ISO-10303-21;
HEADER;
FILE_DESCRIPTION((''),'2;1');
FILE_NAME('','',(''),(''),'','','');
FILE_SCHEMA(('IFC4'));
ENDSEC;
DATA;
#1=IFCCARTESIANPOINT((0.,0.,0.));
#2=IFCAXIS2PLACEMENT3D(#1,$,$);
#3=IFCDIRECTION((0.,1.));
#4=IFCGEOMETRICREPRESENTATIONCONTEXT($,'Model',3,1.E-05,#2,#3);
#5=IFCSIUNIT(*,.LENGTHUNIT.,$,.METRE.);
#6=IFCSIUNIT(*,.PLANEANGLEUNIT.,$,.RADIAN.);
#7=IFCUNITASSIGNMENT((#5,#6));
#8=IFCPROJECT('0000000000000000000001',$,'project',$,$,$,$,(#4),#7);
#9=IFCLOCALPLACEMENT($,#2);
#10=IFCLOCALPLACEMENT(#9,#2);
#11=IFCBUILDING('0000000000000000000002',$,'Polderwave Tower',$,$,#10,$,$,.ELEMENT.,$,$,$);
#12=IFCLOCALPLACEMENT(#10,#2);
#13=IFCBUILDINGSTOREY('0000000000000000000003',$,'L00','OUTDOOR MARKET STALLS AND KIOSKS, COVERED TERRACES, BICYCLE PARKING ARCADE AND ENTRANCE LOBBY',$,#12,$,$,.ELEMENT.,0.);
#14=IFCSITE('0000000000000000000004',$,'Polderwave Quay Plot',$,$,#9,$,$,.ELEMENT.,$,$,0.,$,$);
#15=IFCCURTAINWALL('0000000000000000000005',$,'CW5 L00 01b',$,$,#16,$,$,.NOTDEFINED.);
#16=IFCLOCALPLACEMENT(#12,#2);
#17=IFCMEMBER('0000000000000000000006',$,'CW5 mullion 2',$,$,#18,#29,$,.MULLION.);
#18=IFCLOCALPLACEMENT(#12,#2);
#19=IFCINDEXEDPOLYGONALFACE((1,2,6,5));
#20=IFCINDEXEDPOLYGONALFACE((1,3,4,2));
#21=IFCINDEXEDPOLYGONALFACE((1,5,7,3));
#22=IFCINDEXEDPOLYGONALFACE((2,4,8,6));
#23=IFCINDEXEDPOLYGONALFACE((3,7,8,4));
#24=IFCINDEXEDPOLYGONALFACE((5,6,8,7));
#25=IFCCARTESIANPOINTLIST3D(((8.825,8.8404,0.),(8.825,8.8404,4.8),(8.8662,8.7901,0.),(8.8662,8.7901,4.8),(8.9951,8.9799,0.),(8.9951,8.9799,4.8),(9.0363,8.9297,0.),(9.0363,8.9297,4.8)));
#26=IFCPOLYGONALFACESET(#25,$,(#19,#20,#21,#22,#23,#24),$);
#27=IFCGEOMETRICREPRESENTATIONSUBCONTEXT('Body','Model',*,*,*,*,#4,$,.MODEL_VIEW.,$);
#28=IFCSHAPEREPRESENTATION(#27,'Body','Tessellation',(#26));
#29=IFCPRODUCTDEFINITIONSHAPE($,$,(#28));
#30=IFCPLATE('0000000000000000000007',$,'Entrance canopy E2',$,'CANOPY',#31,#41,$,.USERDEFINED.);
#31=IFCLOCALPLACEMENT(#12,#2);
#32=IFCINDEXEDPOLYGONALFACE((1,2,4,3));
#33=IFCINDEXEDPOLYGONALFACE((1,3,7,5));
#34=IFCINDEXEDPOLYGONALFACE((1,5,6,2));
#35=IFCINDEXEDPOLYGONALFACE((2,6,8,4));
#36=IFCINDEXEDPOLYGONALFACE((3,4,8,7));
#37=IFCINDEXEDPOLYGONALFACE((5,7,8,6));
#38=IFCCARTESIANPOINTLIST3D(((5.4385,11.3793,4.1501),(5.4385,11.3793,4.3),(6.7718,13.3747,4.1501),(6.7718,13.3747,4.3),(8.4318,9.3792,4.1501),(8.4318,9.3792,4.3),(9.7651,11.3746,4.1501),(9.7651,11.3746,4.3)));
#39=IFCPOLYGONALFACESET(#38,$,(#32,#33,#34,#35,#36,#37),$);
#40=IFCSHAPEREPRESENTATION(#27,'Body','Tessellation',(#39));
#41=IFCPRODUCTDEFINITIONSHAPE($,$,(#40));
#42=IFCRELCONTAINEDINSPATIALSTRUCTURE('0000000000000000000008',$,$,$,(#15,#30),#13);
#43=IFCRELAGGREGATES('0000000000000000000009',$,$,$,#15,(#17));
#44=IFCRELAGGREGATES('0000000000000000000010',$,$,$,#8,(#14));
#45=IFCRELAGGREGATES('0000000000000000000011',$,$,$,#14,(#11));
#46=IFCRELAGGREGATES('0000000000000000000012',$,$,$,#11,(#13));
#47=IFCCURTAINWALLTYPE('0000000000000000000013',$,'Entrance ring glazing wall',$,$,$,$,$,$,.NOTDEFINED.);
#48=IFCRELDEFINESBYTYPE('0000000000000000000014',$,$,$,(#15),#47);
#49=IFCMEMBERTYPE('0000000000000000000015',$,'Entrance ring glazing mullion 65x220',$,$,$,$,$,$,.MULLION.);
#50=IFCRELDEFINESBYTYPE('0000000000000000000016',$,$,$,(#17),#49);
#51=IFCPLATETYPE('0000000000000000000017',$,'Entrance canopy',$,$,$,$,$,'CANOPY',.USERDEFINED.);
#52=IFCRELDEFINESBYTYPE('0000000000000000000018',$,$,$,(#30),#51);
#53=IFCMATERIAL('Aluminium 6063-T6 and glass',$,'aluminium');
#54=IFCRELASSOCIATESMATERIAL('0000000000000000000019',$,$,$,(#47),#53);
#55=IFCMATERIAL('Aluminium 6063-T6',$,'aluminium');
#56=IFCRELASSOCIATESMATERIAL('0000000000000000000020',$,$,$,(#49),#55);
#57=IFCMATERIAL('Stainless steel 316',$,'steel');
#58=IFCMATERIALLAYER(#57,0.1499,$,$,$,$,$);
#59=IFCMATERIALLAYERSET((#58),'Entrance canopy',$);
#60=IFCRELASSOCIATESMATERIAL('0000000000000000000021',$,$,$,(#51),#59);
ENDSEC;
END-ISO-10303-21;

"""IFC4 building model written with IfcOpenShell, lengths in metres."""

from ifc_helpers import new_model, si_unit, direction, frame, origin, origin_2d, place, context, subcontext, project, spatial, rectangle, extrude, material, layer, layer_set, material_profile, profile_set, type_object, element, aggregate, save


model = new_model("IFC4")

# Units and contexts
model_context = context("Model", 3, precision=1e-05, world=origin(), true_north=direction((0.0, 1.0)))
body_context = subcontext(model_context, "Body", "Model", "MODEL_VIEW")
ifc_project = project(units=[si_unit("LENGTHUNIT", "METRE"), si_unit("PLANEANGLEUNIT", "RADIAN")], contexts=[model_context])

# Site, building, storey
site_placement = place(None, origin())
site = spatial("IfcSite", under=ifc_project, at=site_placement, Name="Polderwave Quay Plot", CompositionType="ELEMENT", RefElevation=0.0)
building_placement = place(site_placement, origin())
building = spatial("IfcBuilding", under=site, at=building_placement, Name="Polderwave Tower", CompositionType="ELEMENT")
storey_placement = place(building_placement, origin())
storey = spatial("IfcBuildingStorey", under=building, at=storey_placement, Name="L00", Description="OUTDOOR MARKET STALLS AND KIOSKS, COVERED TERRACES, BICYCLE PARKING ARCADE AND ENTRANCE LOBBY", CompositionType="ELEMENT", Elevation=0.0)

# Curtain wall, member
ifc_material_1 = material(Name="Aluminium 6063-T6 and glass", Category="aluminium")
curtain_wall_type = type_object("IfcCurtainWallType", Name="Entrance ring glazing wall", PredefinedType="NOTDEFINED", material=ifc_material_1)
curtain_wall_placement = place(storey_placement, origin())
curtain_wall = element("IfcCurtainWall", 1, at=curtain_wall_placement, inside=storey, type_object=curtain_wall_type, Name="CW5 L00 01b", PredefinedType="NOTDEFINED")
ifc_material_2 = material(Name="Aluminium 6063-T6", Category="aluminium")
ifc_material_profile_1 = material_profile(ifc_material_2, rectangle(XDim=0.22, YDim=0.0649, at=origin_2d()), Name="AL 65x220")
ifc_profile_set_1 = profile_set([ifc_material_profile_1], Name="Aluminium 6063-T6")
member_type = type_object("IfcMemberType", Name="Entrance ring glazing mullion 65x220", PredefinedType="MULLION", material=ifc_profile_set_1)
member_placement = place(storey_placement, frame((8.9307, 8.885, 0.0), z_axis=(0.0, 0.0, 1.0), x_axis=(-0.773109, -0.634273, 0.0)))
member = element("IfcMember", 2, at=member_placement, type_object=member_type, Name="CW5 mullion 2", PredefinedType="MULLION", context=body_context, shape_type="SweptSolid", body=[
    extrude(rectangle(XDim=0.22, YDim=0.0649, at=origin_2d()), origin(), (0.0, 0.0, 1.0), 4.8),
])
aggregate(curtain_wall, [member])

# Plate
ifc_material_3 = material(Name="Stainless steel 316", Category="steel")
ifc_layer = layer(ifc_material_3, 0.1499)
ifc_layer_set = layer_set([ifc_layer], Name="Entrance canopy")
plate_type = type_object("IfcPlateType", Name="Entrance canopy", ElementType="CANOPY", PredefinedType="USERDEFINED", material=ifc_layer_set)
plate_placement = place(storey_placement, frame((7.6018, 11.377, 4.1501), z_axis=(0.0, 0.0, 1.0), x_axis=(-0.83147, 0.55557, 0.0)))
element("IfcPlate", 3, at=plate_placement, inside=storey, type_object=plate_type, Name="Entrance canopy E2", ObjectType="CANOPY", PredefinedType="USERDEFINED", context=body_context, shape_type="SweptSolid", body=[
    extrude(rectangle(XDim=3.6001, YDim=2.3999, at=origin_2d()), origin(), (0.0, 0.0, 1.0), 0.1499),
])

save(model, "model.ifc")
